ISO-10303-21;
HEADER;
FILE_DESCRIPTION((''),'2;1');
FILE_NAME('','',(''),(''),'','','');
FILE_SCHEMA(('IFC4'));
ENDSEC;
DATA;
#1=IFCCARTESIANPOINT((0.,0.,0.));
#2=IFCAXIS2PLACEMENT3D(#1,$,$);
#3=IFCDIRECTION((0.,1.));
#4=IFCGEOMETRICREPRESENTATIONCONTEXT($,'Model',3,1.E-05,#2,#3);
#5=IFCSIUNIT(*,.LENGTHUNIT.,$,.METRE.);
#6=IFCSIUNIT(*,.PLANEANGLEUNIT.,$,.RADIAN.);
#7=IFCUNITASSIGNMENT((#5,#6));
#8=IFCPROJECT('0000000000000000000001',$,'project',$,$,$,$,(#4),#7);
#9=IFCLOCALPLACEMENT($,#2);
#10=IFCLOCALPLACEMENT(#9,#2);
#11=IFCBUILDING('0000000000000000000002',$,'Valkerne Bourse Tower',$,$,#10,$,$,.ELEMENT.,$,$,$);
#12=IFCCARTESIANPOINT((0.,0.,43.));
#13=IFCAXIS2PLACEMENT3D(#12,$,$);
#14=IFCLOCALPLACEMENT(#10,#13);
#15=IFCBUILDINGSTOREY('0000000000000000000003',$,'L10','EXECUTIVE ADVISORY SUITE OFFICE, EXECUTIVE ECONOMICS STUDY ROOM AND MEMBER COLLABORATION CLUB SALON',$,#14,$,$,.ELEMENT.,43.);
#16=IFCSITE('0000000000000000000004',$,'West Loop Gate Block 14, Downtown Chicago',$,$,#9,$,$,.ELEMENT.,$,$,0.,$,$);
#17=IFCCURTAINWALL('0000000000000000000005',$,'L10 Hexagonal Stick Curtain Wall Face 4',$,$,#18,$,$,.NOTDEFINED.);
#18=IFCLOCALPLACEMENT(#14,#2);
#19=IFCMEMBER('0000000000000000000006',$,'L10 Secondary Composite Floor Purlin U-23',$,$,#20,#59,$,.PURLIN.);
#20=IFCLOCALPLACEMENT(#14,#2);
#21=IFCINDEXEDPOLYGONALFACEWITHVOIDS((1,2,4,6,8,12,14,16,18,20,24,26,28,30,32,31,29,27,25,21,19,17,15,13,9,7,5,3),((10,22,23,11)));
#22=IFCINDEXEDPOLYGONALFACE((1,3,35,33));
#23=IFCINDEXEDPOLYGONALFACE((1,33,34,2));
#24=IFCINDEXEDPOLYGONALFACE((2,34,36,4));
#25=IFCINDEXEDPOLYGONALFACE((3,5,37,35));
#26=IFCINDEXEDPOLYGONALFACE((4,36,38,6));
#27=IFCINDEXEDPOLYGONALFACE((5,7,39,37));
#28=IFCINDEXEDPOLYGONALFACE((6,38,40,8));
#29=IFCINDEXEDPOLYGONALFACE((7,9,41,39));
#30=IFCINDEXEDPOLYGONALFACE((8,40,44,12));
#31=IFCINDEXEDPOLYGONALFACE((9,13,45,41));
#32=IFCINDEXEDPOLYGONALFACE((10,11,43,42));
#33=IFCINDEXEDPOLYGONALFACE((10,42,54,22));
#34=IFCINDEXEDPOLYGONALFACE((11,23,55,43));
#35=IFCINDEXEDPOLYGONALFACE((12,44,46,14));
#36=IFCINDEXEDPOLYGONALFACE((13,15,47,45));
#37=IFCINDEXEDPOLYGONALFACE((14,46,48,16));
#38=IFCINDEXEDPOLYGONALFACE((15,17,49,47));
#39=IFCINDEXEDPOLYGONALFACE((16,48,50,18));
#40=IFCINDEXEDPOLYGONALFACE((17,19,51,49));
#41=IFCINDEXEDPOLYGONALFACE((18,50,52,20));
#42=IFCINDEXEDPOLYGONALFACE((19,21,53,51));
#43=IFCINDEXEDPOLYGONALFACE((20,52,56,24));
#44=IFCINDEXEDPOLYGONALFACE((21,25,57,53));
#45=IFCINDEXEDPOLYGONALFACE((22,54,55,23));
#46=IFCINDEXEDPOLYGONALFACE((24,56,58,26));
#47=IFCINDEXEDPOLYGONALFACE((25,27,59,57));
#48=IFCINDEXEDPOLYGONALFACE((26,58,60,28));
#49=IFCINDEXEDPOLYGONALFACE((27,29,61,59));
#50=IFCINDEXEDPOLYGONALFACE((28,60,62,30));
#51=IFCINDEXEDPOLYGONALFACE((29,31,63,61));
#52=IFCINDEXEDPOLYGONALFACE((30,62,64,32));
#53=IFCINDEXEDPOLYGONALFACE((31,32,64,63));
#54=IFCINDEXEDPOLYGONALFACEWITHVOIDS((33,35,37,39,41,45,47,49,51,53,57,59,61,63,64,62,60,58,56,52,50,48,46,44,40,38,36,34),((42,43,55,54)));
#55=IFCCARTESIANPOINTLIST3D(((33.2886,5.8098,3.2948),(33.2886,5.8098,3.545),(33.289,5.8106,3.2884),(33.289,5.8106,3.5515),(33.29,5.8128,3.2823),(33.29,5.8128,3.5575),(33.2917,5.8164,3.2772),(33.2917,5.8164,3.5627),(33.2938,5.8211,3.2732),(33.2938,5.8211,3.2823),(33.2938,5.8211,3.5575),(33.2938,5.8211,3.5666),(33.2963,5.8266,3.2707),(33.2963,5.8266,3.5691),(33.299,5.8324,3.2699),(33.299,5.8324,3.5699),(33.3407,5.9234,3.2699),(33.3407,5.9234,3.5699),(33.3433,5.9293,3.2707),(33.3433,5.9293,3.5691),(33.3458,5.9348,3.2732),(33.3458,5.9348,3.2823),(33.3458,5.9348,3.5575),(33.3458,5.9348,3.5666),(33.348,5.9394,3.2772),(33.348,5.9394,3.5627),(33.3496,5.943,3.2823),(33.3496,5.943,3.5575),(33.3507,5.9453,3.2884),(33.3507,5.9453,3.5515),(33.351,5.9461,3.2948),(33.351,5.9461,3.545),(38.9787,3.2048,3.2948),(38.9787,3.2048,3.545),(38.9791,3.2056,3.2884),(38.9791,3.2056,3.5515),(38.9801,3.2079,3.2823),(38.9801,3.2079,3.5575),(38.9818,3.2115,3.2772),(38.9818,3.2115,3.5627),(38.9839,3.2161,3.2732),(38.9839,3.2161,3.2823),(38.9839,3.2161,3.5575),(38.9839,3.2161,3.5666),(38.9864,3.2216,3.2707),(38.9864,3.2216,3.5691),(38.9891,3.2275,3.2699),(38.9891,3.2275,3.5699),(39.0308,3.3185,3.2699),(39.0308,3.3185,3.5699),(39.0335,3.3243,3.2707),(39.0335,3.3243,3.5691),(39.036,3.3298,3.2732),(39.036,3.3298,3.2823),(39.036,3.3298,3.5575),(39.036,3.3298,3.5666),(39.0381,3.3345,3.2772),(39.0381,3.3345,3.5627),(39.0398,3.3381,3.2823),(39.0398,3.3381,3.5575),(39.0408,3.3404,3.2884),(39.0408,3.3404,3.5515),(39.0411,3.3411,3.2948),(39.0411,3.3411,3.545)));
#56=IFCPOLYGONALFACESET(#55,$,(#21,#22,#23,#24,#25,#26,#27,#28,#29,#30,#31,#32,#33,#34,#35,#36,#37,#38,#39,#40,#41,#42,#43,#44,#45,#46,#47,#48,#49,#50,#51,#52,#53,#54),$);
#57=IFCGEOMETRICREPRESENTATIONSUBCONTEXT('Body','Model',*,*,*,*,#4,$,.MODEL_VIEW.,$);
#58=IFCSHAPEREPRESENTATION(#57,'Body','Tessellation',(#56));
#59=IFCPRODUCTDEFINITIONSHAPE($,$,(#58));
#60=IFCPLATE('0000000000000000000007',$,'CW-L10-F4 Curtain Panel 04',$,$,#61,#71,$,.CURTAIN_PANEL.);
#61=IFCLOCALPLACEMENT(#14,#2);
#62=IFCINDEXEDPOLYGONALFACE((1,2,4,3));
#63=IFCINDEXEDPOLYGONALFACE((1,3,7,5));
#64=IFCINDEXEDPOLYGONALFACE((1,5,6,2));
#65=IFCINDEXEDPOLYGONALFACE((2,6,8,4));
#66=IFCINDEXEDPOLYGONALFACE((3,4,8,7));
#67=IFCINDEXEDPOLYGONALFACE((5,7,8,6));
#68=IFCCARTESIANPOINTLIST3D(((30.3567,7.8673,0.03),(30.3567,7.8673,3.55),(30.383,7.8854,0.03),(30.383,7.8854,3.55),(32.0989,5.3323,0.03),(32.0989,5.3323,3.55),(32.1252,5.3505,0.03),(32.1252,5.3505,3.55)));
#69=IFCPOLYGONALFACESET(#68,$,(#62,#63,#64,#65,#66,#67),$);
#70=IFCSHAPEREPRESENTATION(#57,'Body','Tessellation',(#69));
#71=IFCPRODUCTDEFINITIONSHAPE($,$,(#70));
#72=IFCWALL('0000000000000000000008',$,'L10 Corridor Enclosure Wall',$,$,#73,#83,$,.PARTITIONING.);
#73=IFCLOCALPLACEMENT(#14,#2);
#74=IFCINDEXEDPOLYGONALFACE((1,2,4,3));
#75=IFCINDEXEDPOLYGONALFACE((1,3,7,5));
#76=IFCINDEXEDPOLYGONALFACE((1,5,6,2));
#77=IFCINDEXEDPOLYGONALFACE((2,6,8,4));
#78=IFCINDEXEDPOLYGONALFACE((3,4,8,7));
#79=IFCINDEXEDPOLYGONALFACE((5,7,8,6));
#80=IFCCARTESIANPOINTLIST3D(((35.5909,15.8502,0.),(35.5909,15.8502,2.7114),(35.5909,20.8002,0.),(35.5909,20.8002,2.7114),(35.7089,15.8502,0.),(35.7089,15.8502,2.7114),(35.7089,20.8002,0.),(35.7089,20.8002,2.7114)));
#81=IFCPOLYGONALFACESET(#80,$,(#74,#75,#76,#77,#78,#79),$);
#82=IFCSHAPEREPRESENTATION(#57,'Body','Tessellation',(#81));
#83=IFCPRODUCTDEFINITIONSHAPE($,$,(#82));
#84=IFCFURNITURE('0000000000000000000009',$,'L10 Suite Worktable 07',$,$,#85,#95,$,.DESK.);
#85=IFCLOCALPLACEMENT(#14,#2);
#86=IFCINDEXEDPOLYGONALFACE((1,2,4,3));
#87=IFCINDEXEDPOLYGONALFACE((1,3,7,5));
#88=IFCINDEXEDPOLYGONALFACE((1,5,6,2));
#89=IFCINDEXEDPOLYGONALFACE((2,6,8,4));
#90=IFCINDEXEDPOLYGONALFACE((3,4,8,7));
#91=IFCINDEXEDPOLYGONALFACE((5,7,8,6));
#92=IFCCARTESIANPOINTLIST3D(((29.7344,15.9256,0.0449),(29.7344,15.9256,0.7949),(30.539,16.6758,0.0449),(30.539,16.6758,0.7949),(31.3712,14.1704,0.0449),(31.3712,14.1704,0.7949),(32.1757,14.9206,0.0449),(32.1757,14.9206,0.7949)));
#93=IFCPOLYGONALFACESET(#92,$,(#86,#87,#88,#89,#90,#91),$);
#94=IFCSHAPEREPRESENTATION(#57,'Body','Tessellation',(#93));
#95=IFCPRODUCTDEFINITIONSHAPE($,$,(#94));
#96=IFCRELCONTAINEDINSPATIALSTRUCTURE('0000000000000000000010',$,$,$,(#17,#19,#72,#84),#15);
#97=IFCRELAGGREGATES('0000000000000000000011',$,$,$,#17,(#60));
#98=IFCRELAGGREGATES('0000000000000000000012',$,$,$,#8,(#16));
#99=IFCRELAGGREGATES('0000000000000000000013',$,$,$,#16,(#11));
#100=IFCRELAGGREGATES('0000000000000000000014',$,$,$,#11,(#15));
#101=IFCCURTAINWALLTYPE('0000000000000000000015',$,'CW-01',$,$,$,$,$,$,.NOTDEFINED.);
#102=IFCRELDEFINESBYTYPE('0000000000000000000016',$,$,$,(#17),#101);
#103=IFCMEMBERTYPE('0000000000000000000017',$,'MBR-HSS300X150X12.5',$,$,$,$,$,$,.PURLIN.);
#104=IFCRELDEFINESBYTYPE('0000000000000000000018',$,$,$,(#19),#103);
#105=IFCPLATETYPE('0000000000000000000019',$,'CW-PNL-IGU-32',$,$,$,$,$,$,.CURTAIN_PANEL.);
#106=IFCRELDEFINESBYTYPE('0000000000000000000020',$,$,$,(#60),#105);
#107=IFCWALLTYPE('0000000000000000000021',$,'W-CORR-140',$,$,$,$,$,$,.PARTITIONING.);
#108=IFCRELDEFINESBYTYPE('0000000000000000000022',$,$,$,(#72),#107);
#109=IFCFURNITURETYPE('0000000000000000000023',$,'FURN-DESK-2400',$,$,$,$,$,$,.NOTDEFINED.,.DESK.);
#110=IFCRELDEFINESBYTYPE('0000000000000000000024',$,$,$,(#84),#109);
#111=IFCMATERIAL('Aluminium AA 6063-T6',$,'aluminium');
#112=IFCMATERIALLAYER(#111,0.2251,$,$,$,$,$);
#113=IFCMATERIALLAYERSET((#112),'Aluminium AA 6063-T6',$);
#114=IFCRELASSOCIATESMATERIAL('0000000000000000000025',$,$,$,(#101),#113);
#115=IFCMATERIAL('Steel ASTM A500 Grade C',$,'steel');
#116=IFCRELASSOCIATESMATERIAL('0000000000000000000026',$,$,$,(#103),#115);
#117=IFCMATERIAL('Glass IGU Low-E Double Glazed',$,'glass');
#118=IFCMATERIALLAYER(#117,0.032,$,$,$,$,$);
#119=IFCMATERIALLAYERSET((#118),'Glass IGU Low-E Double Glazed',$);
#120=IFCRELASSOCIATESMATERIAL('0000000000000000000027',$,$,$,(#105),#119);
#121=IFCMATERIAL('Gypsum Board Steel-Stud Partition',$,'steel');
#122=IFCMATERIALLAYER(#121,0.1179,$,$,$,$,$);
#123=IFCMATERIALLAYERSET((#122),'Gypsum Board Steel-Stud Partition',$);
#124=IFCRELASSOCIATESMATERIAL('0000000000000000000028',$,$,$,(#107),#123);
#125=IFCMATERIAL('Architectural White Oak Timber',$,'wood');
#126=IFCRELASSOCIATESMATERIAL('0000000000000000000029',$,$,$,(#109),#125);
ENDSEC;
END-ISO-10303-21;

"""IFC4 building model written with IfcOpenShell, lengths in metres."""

from ifc_helpers import new_model, si_unit, direction, frame, frame_2d, origin, origin_2d, place, context, subcontext, project, spatial, rectangle, hollow_rectangle, extrude, material, layer, layer_set, material_profile, profile_set, type_object, element, aggregate, save


model = new_model("IFC4")

# Units and contexts
model_context = context("Model", 3, precision=1e-05, world=origin(), true_north=direction((0.0, 1.0)))
body_context = subcontext(model_context, "Body", "Model", "MODEL_VIEW")
ifc_project = project(units=[si_unit("LENGTHUNIT", "METRE"), si_unit("PLANEANGLEUNIT", "RADIAN")], contexts=[model_context])

# Site, building, storey
site_placement = place(None, origin())
site = spatial("IfcSite", under=ifc_project, at=site_placement, Name="West Loop Gate Block 14, Downtown Chicago", CompositionType="ELEMENT", RefElevation=0.0)
building_placement = place(site_placement, origin())
building = spatial("IfcBuilding", under=site, at=building_placement, Name="Valkerne Bourse Tower", CompositionType="ELEMENT")
storey_placement = place(building_placement, frame((0.0, 0.0, 43.0)))
storey = spatial("IfcBuildingStorey", under=building, at=storey_placement, Name="L10", Description="EXECUTIVE ADVISORY SUITE OFFICE, EXECUTIVE ECONOMICS STUDY ROOM AND MEMBER COLLABORATION CLUB SALON", CompositionType="ELEMENT", Elevation=43.0)

# Curtain wall
ifc_material_1 = material(Name="Aluminium AA 6063-T6", Category="aluminium")
ifc_layer_1 = layer(ifc_material_1, 0.2251)
ifc_layer_set_1 = layer_set([ifc_layer_1], Name="Aluminium AA 6063-T6")
curtain_wall_type = type_object("IfcCurtainWallType", Name="CW-01", PredefinedType="NOTDEFINED", material=ifc_layer_set_1)
curtain_wall_placement = place(storey_placement, origin())
curtain_wall = element("IfcCurtainWall", 1, at=curtain_wall_placement, inside=storey, type_object=curtain_wall_type, Name="L10 Hexagonal Stick Curtain Wall Face 4", PredefinedType="NOTDEFINED")

# Member
ifc_material_2 = material(Name="Steel ASTM A500 Grade C", Category="steel")
ifc_material_profile_1 = material_profile(ifc_material_2, hollow_rectangle(XDim=0.1499, YDim=0.3, WallThickness=0.0125, OuterFilletRadius=0.0249, at=origin_2d()), Name="HSS300X150X12.5")
ifc_profile_set_1 = profile_set([ifc_material_profile_1], Name="Steel ASTM A500 Grade C")
member_type_1 = type_object("IfcMemberType", Name="MBR-HSS300X150X12.5", PredefinedType="PURLIN", material=ifc_profile_set_1)
member_1_placement = place(storey_placement, frame((33.3198, 5.8779, 3.4199), z_axis=(0.909248, -0.416256, 0.0), x_axis=(0.416256, 0.909248, 0.0)))
element("IfcMember", 2, at=member_1_placement, inside=storey, type_object=member_type_1, Name="L10 Secondary Composite Floor Purlin U-23", PredefinedType="PURLIN", context=body_context, shape_type="SweptSolid", body=[
    extrude(hollow_rectangle(XDim=0.1499, YDim=0.3, WallThickness=0.0125, OuterFilletRadius=0.0249, at=origin_2d()), origin(), (0.0, 0.0, 1.0), 6.2581),
])

# Plate
ifc_material_3 = material(Name="Glass IGU Low-E Double Glazed", Category="glass")
ifc_layer_2 = layer(ifc_material_3, 0.032)
ifc_layer_set_2 = layer_set([ifc_layer_2], Name="Glass IGU Low-E Double Glazed")
plate_type = type_object("IfcPlateType", Name="CW-PNL-IGU-32", PredefinedType="CURTAIN_PANEL", material=ifc_layer_set_2)
plate_placement = place(storey_placement, frame((31.241, 6.6089, 0.03), z_axis=(0.0, 0.0, 1.0), x_axis=(0.566397, -0.824132, 0.0)))
plate = element("IfcPlate", 3, at=plate_placement, type_object=plate_type, Name="CW-L10-F4 Curtain Panel 04", PredefinedType="CURTAIN_PANEL", context=body_context, shape_type="SweptSolid", body=[
    extrude(rectangle(XDim=3.0759, YDim=0.032, at=origin_2d()), origin(), (0.0, 0.0, 1.0), 3.52),
])
aggregate(curtain_wall, [plate])

# Wall
ifc_material_4 = material(Name="Gypsum Board Steel-Stud Partition", Category="steel")
ifc_layer_3 = layer(ifc_material_4, 0.1179)
ifc_layer_set_3 = layer_set([ifc_layer_3], Name="Gypsum Board Steel-Stud Partition")
wall_type = type_object("IfcWallType", Name="W-CORR-140", PredefinedType="PARTITIONING", material=ifc_layer_set_3)
wall_placement = place(storey_placement, frame((35.6499, 15.8501, 0.0), z_axis=(0.0, 0.0, 1.0), x_axis=(0.0, 1.0, 0.0)))
element("IfcWall", 4, at=wall_placement, inside=storey, type_object=wall_type, Name="L10 Corridor Enclosure Wall", PredefinedType="PARTITIONING", context=body_context, shape_type="SweptSolid", body=[
    extrude(rectangle(XDim=4.95, YDim=0.1179, at=frame_2d((2.4751, 0.0))), origin(), (0.0, 0.0, 1.0), 2.7114),
])

# Furniture
ifc_material_5 = material(Name="Architectural White Oak Timber", Category="wood")
furniture_type = type_object("IfcFurnitureType", Name="FURN-DESK-2400", AssemblyPlace="NOTDEFINED", PredefinedType="DESK", material=ifc_material_5)
furniture_placement = place(storey_placement, frame((30.9551, 15.4231, 0.0449), z_axis=(0.0, 0.0, 1.0), x_axis=(-0.681998, 0.731354, 0.0)))
element("IfcFurniture", 5, at=furniture_placement, inside=storey, type_object=furniture_type, Name="L10 Suite Worktable 07", PredefinedType="DESK", context=body_context, shape_type="SweptSolid", body=[
    extrude(rectangle(XDim=2.3999, YDim=1.1001, at=origin_2d()), origin(), (0.0, 0.0, 1.0), 0.75),
])

save(model, "model.ifc")
